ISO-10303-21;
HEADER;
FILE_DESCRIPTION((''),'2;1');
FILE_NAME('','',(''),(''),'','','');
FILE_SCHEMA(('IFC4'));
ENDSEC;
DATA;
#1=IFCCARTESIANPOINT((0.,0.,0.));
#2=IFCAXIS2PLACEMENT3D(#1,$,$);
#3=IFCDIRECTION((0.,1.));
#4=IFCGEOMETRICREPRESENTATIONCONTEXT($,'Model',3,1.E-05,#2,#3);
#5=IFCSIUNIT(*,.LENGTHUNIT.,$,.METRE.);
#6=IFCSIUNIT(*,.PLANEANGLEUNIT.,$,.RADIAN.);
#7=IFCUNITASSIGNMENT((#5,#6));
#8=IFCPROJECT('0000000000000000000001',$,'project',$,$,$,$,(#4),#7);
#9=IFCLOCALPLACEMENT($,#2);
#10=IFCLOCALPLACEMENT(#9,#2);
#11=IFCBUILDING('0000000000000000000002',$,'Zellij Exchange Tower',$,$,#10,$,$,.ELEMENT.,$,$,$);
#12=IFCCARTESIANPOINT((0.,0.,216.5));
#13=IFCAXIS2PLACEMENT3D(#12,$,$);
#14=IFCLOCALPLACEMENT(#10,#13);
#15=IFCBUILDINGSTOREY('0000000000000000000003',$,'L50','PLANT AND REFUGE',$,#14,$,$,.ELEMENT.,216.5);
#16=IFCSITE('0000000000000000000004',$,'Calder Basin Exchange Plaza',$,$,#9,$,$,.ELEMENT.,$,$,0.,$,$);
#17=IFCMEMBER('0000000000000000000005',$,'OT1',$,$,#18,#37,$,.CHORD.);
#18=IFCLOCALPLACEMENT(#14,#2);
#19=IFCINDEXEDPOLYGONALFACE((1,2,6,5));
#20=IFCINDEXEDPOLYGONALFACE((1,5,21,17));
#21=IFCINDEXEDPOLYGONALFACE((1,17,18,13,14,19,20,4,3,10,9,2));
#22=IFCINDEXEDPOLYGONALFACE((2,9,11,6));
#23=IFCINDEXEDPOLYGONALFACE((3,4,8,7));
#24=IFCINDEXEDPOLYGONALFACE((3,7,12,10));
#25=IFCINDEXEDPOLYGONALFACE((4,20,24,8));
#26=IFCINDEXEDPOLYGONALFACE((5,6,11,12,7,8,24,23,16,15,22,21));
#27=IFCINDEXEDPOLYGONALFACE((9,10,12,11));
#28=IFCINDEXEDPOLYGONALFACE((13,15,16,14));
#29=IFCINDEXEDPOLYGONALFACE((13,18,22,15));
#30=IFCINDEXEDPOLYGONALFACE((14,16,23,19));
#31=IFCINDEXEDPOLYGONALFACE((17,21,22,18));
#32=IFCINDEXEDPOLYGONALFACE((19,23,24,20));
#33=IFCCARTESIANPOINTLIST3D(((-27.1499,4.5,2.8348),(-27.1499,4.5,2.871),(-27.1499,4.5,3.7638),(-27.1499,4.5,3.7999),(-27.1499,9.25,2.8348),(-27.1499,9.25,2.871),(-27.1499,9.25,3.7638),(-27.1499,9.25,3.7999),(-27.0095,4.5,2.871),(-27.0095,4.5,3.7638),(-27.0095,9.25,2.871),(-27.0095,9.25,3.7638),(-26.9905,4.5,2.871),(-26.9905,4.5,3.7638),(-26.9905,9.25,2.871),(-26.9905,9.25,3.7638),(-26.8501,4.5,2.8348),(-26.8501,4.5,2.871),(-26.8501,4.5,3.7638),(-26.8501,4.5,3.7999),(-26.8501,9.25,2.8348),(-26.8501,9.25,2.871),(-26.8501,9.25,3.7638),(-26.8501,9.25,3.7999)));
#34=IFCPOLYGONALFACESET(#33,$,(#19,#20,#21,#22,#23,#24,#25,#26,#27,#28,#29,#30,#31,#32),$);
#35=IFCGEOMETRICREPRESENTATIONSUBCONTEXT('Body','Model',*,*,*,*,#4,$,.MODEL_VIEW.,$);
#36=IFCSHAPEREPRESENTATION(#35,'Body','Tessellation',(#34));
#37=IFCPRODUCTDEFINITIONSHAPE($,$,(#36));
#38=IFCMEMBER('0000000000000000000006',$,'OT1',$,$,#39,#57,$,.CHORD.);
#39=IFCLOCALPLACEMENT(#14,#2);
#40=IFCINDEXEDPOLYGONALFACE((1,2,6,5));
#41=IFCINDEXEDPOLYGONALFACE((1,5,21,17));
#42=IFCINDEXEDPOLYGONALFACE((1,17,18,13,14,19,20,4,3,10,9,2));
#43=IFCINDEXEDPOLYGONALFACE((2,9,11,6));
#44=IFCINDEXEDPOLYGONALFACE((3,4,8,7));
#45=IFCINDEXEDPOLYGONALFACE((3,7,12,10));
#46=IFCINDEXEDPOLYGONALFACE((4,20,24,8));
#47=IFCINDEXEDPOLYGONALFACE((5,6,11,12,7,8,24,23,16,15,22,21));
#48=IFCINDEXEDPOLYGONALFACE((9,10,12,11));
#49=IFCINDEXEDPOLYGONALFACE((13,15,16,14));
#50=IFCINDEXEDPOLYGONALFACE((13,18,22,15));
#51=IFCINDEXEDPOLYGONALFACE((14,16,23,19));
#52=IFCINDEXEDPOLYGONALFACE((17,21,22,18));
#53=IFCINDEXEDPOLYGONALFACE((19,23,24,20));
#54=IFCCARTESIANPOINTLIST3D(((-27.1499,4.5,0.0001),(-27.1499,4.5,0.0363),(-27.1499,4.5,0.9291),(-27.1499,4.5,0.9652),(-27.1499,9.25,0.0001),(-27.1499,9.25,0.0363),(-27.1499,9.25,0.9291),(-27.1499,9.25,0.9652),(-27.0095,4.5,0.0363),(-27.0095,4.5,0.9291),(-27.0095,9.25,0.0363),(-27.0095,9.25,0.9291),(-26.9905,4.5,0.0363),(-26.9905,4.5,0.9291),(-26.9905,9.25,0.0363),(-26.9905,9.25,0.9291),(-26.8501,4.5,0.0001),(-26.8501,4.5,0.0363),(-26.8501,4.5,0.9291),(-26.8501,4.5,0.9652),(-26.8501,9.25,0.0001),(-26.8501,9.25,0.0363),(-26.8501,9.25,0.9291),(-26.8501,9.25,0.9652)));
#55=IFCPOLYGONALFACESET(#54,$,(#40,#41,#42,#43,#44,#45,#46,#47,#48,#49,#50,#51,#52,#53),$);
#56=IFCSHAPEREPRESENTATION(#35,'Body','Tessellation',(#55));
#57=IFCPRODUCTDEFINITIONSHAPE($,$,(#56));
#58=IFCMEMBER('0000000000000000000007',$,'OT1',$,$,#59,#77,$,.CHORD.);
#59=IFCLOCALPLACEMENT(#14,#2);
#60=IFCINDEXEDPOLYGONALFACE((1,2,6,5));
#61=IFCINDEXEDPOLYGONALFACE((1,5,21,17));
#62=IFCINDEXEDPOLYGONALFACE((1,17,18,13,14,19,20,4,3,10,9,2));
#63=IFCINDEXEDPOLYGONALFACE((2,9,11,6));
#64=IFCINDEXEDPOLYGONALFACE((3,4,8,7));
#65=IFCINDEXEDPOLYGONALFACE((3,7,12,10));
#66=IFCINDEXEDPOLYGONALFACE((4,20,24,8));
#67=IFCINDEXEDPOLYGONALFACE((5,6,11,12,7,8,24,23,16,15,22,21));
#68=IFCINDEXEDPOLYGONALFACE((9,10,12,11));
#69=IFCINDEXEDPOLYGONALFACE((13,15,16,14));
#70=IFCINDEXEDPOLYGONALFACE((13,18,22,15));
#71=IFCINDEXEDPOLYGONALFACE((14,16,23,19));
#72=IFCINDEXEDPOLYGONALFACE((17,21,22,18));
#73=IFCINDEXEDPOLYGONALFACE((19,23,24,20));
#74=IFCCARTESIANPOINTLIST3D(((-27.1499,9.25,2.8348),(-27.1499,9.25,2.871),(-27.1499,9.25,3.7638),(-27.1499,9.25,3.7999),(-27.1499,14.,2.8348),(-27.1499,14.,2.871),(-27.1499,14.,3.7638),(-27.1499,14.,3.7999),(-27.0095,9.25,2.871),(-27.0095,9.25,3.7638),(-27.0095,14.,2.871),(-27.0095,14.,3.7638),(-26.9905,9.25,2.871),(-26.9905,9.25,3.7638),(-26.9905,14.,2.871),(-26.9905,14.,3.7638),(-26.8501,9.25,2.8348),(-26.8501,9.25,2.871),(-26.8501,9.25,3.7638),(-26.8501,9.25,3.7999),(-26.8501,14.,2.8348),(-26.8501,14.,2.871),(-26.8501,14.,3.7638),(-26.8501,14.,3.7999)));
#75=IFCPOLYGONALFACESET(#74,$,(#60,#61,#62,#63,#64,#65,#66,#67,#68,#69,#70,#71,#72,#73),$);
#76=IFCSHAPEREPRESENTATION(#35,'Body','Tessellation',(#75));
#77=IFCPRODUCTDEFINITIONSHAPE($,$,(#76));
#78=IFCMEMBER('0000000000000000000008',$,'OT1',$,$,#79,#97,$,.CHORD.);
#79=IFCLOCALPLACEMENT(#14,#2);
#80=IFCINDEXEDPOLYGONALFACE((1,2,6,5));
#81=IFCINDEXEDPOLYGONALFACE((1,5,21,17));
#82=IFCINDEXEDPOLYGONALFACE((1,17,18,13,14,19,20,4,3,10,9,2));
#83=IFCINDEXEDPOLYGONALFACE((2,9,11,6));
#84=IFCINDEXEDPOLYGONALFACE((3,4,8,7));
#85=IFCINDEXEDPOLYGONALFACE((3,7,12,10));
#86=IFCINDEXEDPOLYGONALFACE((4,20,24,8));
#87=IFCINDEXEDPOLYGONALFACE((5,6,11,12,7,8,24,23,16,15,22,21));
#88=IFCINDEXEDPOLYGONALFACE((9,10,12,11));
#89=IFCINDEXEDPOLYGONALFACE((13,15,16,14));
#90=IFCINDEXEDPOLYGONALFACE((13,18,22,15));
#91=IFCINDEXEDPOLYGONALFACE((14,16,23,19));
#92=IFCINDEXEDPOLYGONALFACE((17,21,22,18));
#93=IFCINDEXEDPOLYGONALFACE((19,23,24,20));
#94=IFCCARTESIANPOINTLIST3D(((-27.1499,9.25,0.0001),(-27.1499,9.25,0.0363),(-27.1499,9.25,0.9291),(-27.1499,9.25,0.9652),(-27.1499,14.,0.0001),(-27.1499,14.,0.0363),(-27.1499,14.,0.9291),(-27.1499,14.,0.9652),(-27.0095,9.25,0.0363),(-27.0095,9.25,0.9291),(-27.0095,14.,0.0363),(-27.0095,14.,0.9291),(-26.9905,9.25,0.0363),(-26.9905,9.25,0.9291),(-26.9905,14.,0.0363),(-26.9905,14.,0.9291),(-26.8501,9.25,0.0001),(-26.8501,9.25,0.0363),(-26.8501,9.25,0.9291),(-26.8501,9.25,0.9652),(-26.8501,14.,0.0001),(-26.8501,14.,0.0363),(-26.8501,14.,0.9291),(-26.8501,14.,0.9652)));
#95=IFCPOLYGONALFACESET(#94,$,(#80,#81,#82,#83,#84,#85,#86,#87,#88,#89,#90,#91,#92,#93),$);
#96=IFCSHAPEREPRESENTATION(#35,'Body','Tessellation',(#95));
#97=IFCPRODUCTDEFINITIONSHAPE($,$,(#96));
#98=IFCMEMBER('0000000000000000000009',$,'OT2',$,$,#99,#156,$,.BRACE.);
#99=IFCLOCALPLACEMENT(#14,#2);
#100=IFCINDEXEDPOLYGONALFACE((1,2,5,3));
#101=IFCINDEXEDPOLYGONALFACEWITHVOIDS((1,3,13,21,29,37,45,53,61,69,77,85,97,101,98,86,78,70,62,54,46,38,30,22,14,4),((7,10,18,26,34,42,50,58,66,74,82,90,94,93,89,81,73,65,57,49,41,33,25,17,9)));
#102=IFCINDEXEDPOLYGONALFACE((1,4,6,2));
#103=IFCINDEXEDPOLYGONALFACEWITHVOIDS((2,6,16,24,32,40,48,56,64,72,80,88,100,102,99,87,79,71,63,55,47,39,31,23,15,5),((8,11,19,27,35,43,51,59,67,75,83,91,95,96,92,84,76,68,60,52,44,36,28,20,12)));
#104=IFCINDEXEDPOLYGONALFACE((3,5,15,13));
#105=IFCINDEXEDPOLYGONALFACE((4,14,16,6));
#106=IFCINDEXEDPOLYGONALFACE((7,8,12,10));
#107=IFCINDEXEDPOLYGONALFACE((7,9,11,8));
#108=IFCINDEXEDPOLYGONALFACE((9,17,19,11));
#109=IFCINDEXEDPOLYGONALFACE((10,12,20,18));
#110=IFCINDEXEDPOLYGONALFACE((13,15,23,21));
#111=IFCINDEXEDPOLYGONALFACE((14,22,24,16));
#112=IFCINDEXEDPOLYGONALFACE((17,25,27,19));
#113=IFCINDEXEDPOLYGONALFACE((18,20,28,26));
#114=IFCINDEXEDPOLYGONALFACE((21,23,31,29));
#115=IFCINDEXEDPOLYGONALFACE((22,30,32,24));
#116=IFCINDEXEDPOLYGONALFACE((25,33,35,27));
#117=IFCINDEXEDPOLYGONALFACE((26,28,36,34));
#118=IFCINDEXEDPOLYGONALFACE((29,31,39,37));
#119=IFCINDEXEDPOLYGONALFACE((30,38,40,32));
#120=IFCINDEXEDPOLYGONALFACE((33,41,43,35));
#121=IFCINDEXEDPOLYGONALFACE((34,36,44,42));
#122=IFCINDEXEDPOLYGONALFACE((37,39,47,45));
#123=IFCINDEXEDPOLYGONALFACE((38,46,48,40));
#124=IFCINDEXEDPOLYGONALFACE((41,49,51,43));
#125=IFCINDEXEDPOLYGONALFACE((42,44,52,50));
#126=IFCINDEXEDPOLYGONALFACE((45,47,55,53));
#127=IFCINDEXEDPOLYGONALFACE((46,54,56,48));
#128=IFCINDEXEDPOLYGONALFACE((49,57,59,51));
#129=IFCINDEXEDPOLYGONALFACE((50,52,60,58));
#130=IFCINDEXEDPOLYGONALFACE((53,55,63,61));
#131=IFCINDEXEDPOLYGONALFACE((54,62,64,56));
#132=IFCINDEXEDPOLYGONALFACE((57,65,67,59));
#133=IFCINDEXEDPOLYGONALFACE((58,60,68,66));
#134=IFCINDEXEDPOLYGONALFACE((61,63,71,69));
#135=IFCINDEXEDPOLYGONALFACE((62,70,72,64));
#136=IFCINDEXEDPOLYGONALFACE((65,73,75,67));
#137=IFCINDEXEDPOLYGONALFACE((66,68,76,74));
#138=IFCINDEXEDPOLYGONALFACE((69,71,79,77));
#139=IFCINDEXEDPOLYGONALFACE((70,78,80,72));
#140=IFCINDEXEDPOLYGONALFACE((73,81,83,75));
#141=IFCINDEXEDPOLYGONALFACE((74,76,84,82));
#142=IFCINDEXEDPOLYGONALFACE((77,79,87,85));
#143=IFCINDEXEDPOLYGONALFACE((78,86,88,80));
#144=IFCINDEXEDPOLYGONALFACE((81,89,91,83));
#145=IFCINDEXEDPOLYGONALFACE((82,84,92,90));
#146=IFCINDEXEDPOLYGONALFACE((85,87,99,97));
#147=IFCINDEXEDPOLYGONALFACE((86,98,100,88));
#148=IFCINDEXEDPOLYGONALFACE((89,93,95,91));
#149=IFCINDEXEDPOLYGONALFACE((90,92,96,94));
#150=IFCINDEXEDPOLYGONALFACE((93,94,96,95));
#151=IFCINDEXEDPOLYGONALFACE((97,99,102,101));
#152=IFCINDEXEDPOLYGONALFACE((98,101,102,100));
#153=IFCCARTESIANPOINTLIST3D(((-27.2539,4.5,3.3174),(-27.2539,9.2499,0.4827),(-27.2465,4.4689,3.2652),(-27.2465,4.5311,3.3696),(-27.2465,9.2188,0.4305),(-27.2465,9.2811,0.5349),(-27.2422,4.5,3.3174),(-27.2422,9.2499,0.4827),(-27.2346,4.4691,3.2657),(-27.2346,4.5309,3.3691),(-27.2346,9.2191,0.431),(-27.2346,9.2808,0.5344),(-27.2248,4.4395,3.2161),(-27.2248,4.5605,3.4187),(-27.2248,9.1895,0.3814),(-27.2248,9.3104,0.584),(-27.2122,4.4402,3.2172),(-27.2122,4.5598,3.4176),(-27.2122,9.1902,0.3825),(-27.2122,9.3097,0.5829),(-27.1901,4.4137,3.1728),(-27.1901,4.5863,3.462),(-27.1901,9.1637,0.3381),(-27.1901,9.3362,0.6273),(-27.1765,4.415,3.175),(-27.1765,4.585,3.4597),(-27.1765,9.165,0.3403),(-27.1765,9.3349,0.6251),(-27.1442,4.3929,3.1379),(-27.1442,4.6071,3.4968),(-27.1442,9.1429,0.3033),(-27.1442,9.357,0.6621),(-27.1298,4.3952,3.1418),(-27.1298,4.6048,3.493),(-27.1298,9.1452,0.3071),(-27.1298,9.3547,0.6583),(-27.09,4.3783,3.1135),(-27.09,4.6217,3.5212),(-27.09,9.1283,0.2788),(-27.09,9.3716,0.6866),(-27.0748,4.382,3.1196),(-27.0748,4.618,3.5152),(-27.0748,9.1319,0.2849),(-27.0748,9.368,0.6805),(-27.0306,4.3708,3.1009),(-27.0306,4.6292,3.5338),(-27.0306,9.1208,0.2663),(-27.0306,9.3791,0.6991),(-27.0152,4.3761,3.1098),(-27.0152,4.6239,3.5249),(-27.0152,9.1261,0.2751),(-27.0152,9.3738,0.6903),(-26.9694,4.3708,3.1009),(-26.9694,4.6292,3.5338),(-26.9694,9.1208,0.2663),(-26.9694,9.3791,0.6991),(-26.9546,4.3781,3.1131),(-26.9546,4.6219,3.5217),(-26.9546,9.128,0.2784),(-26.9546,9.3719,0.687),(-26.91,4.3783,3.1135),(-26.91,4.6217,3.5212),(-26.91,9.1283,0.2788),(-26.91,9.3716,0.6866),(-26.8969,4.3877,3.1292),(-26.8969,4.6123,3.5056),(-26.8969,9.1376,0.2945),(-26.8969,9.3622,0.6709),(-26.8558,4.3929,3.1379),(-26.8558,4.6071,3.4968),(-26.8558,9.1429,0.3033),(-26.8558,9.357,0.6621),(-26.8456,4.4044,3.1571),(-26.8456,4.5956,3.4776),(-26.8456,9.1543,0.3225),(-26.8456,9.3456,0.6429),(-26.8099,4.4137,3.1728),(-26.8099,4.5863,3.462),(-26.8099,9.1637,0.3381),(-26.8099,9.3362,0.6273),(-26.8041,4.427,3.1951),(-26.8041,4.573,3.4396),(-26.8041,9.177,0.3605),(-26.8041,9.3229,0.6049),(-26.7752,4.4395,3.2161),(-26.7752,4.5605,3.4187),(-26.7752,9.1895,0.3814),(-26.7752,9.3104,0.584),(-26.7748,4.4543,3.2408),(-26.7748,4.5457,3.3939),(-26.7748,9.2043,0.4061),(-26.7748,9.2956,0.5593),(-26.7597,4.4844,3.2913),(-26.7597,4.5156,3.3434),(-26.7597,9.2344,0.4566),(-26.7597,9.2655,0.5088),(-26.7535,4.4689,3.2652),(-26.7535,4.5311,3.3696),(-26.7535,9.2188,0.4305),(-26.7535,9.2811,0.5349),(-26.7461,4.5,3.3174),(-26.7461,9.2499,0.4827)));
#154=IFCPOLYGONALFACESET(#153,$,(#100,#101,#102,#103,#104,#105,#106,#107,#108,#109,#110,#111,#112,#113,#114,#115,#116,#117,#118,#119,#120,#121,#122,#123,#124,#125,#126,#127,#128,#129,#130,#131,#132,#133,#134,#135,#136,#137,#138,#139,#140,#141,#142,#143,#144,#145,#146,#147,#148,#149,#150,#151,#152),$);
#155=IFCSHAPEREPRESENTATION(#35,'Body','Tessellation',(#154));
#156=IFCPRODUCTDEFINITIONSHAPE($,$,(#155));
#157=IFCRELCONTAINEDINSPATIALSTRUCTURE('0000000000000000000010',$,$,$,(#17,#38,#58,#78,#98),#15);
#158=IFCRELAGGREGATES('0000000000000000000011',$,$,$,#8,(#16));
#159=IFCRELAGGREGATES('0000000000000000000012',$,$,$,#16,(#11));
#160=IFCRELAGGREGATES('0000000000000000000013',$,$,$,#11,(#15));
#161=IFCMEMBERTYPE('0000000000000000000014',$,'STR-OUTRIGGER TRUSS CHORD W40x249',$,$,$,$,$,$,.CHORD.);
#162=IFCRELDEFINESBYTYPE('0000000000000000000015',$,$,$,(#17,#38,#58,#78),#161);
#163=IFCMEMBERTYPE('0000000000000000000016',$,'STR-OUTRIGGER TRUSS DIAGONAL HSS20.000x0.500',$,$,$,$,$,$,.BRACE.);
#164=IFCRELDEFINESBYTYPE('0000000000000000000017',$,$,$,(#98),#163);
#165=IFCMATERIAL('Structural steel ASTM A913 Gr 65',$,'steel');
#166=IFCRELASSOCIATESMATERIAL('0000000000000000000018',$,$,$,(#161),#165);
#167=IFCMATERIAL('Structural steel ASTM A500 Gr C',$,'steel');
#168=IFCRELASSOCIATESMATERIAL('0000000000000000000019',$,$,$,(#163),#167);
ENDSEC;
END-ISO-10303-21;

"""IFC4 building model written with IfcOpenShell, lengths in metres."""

from ifc_helpers import new_model, si_unit, direction, frame, origin, origin_2d, place, context, subcontext, project, spatial, hollow_circle, i_section, extrude, material, material_profile, profile_set, type_object, element, save


model = new_model("IFC4")

# Units and contexts
model_context = context("Model", 3, precision=1e-05, world=origin(), true_north=direction((0.0, 1.0)))
body_context = subcontext(model_context, "Body", "Model", "MODEL_VIEW")
ifc_project = project(units=[si_unit("LENGTHUNIT", "METRE"), si_unit("PLANEANGLEUNIT", "RADIAN")], contexts=[model_context])

# Site, building, storey
site_placement = place(None, origin())
site = spatial("IfcSite", under=ifc_project, at=site_placement, Name="Calder Basin Exchange Plaza", CompositionType="ELEMENT", RefElevation=0.0)
building_placement = place(site_placement, origin())
building = spatial("IfcBuilding", under=site, at=building_placement, Name="Zellij Exchange Tower", CompositionType="ELEMENT")
storey_placement = place(building_placement, frame((0.0, 0.0, 216.5)))
storey = spatial("IfcBuildingStorey", under=building, at=storey_placement, Name="L50", Description="PLANT AND REFUGE", CompositionType="ELEMENT", Elevation=216.5)

# Shared definitions
ifc_material_1 = material(Name="Structural steel ASTM A913 Gr 65", Category="steel")

# Members
ifc_material_profile_1 = material_profile(ifc_material_1, i_section(OverallWidth=0.2998, OverallDepth=0.9651, WebThickness=0.019, FlangeThickness=0.0361, at=origin_2d()), Name="W40x249")
ifc_profile_set_1 = profile_set([ifc_material_profile_1], Name="Structural steel ASTM A913 Gr 65")
member_type_1 = type_object("IfcMemberType", Name="STR-OUTRIGGER TRUSS CHORD W40x249", PredefinedType="CHORD", material=ifc_profile_set_1)
for number, where, z_axis, x_axis, name in (
    (1, (-27.0, 4.5, 3.3174), (0.0, 1.0, 0.0), (-1.0, 0.0, 0.0), "OT1"),
    (2, (-27.0, 4.5, 0.4827), (0.0, 1.0, 0.0), (-1.0, 0.0, 0.0), "OT1"),
    (3, (-27.0, 9.25, 3.3174), (0.0, 1.0, 0.0), (-1.0, 0.0, 0.0), "OT1"),
    (4, (-27.0, 9.25, 0.4827), (0.0, 1.0, 0.0), (-1.0, 0.0, 0.0), "OT1"),
):
    element("IfcMember", number, at=place(storey_placement, frame(where, z_axis=z_axis, x_axis=x_axis)), inside=storey, type_object=member_type_1, Name=name, PredefinedType="CHORD", context=body_context, shape_type="SweptSolid", body=[
        extrude(i_section(OverallWidth=0.2998, OverallDepth=0.9651, WebThickness=0.019, FlangeThickness=0.0361, at=origin_2d()), origin(), (0.0, 0.0, 1.0), 4.75),
    ])
ifc_material_2 = material(Name="Structural steel ASTM A500 Gr C", Category="steel")
ifc_material_profile_2 = material_profile(ifc_material_2, hollow_circle(Radius=0.2539, WallThickness=0.0117, at=origin_2d()), Name="STR-OUTRIGGER TRUSS DIAGONAL HSS20.000x0.500")
ifc_profile_set_2 = profile_set([ifc_material_profile_2], Name="Structural steel ASTM A500 Gr C")
member_type_2 = type_object("IfcMemberType", Name="STR-OUTRIGGER TRUSS DIAGONAL HSS20.000x0.500", PredefinedType="BRACE", material=ifc_profile_set_2)
for number, where, z_axis, x_axis, name in (
    (5, (-27.0, 4.5, 3.3174), (0.0, 0.858709, -0.512463), (-1.0, 0.0, 0.0), "OT2"),
):
    element("IfcMember", number, at=place(storey_placement, frame(where, z_axis=z_axis, x_axis=x_axis)), inside=storey, type_object=member_type_2, Name=name, PredefinedType="BRACE", context=body_context, shape_type="SweptSolid", body=[
        extrude(hollow_circle(Radius=0.2539, WallThickness=0.0117, at=origin_2d()), origin(), (0.0, 0.0, 1.0), 5.5315),
    ])

save(model, "model.ifc")
